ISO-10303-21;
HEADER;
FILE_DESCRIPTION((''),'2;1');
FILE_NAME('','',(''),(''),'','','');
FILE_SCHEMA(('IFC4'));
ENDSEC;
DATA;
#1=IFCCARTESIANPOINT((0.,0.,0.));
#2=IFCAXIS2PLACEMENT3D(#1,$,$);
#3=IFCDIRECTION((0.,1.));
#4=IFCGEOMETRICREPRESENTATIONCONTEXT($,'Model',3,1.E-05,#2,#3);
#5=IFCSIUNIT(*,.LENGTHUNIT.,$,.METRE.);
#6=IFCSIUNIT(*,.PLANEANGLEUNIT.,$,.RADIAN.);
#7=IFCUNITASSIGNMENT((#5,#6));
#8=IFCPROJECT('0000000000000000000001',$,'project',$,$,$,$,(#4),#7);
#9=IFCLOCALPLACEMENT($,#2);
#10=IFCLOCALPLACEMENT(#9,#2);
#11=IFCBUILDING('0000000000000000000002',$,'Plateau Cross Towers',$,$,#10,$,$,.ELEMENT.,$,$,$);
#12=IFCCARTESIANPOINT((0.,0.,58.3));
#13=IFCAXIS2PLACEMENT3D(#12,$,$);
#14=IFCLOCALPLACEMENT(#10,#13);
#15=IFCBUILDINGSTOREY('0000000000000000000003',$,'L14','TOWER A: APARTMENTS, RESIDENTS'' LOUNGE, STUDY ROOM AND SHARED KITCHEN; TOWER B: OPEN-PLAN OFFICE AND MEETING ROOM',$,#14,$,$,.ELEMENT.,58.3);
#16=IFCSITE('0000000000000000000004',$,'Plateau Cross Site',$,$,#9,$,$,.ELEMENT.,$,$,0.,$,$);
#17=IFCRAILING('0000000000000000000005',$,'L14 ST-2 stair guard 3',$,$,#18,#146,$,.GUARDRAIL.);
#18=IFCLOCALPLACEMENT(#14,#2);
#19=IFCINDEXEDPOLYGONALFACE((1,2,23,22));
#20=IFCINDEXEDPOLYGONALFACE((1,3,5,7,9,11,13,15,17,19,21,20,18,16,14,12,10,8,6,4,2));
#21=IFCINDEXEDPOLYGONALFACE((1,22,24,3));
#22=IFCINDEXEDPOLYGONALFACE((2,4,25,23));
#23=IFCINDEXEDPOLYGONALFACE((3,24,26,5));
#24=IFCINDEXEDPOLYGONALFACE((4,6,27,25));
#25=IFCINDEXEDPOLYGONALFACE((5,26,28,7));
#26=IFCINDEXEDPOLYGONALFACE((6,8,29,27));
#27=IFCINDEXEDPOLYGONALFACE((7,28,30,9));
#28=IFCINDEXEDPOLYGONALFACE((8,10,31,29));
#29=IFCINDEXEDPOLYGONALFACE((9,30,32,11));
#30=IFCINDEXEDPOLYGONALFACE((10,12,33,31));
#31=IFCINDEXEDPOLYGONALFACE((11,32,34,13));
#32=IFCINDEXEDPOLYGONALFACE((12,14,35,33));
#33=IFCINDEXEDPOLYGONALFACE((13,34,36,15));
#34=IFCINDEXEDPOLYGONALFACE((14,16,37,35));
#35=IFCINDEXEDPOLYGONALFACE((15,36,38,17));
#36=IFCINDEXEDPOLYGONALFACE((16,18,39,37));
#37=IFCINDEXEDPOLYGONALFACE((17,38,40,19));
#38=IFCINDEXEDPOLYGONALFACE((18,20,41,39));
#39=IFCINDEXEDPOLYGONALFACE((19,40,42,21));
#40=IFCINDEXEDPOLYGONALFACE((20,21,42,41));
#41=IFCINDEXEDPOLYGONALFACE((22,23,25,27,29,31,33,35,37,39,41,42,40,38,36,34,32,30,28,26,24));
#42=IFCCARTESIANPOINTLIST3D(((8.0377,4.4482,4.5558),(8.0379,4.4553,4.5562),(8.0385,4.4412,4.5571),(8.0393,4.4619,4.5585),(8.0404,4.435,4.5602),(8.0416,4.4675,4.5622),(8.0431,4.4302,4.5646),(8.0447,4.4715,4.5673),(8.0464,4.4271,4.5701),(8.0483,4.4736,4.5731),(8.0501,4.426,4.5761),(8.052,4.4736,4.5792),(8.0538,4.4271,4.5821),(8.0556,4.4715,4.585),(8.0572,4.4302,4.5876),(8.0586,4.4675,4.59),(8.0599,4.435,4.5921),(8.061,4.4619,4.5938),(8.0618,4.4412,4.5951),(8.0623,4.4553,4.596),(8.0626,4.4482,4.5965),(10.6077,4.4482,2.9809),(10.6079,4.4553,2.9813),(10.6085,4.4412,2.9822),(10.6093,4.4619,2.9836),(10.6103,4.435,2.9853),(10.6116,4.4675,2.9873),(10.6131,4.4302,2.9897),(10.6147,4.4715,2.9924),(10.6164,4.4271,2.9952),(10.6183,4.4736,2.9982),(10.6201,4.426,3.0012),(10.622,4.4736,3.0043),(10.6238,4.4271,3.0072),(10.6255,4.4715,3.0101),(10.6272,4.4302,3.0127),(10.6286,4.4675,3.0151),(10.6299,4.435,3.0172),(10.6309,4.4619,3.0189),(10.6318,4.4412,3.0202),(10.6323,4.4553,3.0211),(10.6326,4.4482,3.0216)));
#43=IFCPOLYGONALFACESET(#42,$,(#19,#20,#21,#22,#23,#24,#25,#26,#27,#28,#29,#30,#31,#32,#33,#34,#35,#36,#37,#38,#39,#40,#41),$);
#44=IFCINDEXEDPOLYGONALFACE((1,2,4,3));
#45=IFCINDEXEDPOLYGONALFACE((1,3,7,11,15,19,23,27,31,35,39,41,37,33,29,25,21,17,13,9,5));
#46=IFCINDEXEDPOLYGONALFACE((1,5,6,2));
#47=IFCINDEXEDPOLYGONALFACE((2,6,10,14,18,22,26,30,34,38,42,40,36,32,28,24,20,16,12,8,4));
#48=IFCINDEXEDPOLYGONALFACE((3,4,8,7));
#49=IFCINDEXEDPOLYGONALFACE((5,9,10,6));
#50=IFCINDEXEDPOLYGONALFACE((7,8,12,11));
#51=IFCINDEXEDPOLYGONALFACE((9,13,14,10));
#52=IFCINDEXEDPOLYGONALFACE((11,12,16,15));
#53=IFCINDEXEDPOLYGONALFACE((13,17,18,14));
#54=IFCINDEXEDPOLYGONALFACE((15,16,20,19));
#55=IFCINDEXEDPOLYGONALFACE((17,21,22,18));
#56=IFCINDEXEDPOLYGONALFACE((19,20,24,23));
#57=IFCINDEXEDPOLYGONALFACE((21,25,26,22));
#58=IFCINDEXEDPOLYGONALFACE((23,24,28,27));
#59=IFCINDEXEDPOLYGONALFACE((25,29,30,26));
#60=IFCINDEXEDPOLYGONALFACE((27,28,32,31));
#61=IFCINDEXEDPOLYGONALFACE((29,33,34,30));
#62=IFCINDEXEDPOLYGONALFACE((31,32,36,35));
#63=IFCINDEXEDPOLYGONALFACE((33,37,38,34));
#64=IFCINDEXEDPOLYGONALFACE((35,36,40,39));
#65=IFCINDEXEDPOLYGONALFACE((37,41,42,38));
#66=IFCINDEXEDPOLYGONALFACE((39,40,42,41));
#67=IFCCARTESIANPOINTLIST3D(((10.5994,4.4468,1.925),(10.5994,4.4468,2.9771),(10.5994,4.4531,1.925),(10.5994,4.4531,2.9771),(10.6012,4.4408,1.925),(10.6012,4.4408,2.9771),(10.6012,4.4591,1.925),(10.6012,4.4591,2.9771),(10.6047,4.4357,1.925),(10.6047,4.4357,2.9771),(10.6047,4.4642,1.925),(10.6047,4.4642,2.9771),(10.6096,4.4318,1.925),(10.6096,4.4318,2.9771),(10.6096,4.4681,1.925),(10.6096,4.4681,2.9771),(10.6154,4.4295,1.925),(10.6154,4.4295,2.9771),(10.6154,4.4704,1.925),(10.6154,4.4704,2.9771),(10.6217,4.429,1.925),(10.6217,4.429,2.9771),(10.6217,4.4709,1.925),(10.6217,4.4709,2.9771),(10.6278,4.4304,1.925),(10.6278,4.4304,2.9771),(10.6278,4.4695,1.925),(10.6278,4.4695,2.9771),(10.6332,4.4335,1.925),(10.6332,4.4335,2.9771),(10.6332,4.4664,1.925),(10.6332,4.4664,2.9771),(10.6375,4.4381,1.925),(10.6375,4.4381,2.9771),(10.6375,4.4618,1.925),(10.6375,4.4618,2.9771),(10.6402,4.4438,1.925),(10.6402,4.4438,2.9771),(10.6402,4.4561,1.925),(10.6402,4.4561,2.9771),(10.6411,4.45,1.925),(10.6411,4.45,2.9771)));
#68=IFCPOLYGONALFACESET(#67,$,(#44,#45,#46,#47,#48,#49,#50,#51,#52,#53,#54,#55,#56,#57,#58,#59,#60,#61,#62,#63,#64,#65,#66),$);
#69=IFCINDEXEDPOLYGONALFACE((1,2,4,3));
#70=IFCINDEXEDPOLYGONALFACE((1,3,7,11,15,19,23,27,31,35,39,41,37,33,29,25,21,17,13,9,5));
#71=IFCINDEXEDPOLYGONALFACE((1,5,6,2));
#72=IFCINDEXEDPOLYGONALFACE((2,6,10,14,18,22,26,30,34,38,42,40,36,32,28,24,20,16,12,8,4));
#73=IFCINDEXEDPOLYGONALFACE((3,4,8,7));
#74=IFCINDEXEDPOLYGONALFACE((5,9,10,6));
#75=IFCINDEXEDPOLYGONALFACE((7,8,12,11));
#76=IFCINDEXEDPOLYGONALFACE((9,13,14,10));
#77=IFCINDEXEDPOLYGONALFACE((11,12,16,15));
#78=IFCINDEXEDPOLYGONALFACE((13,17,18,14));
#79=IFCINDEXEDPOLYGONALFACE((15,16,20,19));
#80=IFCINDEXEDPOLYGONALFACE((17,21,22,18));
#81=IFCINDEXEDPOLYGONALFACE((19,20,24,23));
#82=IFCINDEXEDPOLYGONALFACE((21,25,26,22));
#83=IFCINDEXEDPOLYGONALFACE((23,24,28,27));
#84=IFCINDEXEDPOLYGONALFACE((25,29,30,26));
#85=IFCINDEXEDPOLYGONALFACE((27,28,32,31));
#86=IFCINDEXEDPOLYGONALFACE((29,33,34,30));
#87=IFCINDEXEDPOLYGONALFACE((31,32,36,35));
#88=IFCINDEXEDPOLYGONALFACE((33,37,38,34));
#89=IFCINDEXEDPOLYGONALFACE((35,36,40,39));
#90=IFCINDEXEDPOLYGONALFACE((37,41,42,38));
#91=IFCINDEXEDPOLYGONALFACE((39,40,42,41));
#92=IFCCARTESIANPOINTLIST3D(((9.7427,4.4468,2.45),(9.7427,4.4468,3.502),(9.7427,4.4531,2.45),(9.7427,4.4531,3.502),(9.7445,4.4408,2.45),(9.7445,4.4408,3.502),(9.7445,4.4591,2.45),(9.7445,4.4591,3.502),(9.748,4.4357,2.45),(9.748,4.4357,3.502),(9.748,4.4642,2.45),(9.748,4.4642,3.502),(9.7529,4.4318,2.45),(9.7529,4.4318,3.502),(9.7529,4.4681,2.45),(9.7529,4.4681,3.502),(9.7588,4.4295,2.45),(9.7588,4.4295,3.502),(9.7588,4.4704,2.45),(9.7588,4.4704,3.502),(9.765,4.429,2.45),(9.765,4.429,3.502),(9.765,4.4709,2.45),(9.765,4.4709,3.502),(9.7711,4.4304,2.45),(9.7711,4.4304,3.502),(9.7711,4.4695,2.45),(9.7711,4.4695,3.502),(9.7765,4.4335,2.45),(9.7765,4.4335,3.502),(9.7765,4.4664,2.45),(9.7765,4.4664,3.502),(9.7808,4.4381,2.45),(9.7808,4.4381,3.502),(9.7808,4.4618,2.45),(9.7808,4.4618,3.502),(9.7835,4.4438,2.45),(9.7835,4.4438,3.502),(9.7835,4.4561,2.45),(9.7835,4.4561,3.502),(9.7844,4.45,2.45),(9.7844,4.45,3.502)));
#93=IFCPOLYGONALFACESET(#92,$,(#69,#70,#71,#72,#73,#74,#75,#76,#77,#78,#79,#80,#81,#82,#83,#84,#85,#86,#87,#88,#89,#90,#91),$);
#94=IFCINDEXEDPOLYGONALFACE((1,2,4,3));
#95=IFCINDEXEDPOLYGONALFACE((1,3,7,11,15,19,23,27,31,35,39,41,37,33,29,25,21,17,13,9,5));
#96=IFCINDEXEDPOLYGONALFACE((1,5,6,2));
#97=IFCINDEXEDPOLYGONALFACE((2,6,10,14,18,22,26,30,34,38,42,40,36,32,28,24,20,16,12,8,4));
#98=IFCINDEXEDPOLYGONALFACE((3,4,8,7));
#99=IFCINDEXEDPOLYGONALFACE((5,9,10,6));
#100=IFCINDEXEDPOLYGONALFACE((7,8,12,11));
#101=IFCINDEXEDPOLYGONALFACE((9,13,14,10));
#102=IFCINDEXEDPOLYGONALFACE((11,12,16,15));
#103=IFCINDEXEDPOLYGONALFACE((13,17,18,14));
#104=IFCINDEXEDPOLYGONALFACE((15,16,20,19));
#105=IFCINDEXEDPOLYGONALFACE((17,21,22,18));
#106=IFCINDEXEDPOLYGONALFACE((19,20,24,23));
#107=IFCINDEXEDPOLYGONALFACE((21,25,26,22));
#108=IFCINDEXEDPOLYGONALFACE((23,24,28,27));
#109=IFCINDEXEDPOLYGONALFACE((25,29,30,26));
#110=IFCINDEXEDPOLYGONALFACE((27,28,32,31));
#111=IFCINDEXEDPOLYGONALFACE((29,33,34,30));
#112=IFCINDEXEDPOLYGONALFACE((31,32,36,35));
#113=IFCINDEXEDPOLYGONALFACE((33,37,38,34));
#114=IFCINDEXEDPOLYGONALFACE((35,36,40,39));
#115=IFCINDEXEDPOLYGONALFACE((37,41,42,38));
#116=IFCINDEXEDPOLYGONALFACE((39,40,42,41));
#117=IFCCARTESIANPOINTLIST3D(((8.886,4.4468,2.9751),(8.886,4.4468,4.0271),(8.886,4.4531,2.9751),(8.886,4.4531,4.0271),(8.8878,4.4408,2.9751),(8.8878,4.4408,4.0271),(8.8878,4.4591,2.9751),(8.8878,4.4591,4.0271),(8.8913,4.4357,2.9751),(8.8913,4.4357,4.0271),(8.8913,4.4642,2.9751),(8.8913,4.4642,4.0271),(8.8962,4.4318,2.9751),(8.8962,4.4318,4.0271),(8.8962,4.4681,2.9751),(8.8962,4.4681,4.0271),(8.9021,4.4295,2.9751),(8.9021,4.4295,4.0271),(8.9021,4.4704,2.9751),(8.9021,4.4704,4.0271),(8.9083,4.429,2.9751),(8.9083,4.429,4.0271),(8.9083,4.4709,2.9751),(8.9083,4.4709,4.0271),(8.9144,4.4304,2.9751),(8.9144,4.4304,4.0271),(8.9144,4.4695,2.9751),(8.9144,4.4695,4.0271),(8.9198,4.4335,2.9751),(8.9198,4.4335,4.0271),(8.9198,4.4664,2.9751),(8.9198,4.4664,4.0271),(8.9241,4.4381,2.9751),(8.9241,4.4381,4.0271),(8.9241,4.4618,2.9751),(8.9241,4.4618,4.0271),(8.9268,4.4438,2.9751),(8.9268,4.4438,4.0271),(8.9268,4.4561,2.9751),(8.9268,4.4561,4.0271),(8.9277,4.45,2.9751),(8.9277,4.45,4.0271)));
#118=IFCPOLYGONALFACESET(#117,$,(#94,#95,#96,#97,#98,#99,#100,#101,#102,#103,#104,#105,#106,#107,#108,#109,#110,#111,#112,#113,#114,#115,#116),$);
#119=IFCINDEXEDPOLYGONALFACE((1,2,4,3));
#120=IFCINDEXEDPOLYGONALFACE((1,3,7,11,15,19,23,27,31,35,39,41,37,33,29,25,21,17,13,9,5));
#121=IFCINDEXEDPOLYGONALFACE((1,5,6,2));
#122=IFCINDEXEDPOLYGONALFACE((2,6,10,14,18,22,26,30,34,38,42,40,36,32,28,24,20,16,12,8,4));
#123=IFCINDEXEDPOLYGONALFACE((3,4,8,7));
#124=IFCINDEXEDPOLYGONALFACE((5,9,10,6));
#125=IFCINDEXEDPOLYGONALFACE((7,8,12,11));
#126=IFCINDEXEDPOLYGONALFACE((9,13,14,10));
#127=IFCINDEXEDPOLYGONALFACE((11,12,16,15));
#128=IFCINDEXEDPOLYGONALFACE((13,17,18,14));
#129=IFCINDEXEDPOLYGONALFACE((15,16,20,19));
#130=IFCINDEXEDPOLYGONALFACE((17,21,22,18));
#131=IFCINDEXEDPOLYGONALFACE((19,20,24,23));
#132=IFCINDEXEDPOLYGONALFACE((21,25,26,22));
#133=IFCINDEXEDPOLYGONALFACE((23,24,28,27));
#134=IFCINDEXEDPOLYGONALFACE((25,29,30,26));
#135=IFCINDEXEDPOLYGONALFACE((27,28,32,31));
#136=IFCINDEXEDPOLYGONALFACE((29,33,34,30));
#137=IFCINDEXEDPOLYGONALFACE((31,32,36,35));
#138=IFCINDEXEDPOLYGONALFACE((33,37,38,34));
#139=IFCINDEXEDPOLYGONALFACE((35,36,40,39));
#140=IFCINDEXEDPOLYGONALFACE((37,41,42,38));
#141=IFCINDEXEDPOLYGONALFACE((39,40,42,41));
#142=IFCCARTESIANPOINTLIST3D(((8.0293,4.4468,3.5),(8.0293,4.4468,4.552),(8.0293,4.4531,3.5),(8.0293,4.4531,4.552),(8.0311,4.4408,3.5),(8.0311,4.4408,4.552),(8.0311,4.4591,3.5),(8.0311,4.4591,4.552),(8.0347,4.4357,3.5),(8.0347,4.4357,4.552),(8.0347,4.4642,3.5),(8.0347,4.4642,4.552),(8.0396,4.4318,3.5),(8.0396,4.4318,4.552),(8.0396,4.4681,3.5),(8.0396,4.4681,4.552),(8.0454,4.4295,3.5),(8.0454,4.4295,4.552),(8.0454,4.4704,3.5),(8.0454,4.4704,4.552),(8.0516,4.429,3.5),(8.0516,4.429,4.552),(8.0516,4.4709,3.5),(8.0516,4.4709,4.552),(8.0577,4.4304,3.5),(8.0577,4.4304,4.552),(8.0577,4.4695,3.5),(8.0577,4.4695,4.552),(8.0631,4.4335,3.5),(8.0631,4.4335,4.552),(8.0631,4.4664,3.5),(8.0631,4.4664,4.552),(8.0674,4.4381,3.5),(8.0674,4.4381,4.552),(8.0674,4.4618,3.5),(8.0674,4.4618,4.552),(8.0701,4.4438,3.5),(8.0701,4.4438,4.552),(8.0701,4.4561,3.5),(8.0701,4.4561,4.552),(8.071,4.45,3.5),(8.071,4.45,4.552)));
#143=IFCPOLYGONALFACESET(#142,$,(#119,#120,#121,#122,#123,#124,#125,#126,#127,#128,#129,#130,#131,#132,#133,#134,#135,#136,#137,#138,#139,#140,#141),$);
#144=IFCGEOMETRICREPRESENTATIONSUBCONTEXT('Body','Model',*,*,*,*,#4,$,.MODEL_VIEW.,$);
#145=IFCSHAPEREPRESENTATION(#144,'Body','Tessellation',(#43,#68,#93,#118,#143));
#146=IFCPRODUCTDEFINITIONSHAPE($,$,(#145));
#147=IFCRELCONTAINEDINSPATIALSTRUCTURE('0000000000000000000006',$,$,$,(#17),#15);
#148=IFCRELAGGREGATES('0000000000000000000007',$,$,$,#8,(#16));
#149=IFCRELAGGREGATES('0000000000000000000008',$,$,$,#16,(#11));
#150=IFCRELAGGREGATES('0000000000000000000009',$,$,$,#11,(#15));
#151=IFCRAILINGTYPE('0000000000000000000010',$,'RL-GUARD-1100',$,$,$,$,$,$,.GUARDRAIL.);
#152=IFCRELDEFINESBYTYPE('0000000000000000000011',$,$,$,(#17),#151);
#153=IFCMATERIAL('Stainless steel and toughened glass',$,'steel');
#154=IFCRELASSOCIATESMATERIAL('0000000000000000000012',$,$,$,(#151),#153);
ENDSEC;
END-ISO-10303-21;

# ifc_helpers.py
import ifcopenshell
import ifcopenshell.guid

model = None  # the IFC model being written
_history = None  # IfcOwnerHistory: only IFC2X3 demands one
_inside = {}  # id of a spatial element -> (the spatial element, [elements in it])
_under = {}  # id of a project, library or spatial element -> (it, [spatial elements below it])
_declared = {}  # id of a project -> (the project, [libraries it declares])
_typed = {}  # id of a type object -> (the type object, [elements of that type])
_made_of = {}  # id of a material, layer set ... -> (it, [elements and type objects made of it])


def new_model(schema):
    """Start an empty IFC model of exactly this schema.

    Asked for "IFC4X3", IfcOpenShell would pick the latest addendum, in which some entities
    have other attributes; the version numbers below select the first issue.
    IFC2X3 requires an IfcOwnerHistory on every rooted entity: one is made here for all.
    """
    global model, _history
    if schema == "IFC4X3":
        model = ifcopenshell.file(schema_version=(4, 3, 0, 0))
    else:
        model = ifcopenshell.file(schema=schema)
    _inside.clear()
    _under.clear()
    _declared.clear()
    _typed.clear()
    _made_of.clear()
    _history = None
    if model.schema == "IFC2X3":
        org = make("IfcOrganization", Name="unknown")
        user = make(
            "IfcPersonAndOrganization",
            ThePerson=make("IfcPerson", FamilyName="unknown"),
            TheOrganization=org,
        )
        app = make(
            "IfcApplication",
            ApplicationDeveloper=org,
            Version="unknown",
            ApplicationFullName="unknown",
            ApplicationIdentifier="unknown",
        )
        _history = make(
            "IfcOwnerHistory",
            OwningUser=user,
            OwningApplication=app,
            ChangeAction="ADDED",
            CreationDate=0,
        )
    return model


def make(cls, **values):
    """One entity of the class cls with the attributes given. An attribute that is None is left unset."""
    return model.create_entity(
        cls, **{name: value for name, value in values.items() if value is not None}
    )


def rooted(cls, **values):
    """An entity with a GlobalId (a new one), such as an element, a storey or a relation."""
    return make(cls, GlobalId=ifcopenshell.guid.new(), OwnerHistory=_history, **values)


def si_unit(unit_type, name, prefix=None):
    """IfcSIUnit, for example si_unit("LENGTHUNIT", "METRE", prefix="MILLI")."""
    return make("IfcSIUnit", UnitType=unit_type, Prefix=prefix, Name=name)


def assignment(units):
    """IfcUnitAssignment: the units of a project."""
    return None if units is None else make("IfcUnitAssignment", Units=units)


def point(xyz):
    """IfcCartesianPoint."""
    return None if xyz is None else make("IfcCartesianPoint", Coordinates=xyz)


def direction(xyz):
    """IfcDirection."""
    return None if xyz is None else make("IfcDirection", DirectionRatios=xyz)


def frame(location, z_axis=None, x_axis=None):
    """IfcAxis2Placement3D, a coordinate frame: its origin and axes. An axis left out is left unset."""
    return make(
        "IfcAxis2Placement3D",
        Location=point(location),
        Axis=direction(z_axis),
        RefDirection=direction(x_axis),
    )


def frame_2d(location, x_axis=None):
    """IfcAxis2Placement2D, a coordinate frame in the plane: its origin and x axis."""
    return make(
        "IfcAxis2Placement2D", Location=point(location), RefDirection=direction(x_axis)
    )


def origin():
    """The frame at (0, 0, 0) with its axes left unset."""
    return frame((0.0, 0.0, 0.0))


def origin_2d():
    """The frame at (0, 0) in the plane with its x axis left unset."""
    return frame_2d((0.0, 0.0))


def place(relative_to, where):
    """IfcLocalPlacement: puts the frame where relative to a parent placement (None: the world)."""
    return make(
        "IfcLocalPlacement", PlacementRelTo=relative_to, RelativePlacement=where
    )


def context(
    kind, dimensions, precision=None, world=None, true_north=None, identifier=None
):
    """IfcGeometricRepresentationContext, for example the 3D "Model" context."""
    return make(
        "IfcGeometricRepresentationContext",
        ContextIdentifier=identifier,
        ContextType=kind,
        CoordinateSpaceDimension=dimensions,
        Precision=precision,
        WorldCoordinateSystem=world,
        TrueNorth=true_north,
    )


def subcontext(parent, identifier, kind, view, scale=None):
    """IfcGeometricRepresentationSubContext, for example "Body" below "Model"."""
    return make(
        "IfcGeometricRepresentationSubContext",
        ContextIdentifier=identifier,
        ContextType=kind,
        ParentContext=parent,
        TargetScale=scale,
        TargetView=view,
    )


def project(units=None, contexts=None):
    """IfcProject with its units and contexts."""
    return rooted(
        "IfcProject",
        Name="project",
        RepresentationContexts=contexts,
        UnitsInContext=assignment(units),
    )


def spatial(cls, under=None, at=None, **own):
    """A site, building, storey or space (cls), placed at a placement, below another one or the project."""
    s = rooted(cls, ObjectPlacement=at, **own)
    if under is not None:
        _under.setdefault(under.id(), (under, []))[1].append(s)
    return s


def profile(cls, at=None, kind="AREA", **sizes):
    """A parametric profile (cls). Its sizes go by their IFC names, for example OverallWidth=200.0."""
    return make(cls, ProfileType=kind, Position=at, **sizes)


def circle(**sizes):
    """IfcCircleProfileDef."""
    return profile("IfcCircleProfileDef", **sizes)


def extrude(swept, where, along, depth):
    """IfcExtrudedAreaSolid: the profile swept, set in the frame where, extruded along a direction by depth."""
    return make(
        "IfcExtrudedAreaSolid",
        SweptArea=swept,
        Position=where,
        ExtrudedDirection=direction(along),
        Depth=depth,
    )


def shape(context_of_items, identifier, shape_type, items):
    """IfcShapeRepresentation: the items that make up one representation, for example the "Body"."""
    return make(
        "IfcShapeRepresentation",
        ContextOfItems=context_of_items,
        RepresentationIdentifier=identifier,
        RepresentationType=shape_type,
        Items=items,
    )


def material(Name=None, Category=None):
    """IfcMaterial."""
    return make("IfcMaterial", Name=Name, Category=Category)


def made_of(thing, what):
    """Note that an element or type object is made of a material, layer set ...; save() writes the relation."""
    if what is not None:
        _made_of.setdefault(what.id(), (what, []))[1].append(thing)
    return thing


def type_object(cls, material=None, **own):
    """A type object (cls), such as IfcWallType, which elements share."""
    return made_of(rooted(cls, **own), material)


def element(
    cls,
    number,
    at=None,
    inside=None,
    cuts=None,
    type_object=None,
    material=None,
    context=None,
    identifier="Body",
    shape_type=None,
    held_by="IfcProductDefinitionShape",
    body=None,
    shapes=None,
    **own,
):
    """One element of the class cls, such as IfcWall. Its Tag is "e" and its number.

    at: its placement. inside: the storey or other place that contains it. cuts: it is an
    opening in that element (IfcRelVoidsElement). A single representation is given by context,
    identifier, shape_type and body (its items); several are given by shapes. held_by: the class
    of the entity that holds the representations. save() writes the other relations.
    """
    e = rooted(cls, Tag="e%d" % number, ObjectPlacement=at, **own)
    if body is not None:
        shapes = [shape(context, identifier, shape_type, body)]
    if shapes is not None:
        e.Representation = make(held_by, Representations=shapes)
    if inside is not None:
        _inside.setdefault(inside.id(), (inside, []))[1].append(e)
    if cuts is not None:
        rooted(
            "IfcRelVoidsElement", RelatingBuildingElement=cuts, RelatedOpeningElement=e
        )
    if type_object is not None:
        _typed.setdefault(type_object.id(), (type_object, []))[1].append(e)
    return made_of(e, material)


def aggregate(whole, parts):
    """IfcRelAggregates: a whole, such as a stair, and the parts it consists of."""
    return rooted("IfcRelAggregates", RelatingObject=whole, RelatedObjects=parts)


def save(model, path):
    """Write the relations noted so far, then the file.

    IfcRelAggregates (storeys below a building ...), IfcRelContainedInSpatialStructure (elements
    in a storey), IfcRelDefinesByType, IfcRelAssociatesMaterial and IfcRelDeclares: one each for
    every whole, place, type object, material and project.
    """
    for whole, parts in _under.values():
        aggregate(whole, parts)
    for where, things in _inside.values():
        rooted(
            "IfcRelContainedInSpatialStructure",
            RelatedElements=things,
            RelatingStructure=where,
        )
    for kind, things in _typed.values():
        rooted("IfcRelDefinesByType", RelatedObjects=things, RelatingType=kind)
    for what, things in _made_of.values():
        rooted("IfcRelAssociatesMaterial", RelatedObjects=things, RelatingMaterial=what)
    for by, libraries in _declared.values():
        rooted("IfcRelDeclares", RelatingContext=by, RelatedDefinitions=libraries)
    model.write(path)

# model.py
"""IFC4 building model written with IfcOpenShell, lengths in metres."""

from ifc_helpers import new_model, si_unit, direction, frame, origin, origin_2d, place, context, subcontext, project, spatial, circle, extrude, material, type_object, element, save


model = new_model("IFC4")

# Units and contexts
model_context = context("Model", 3, precision=1e-05, world=origin(), true_north=direction((0.0, 1.0)))
body_context = subcontext(model_context, "Body", "Model", "MODEL_VIEW")
ifc_project = project(units=[si_unit("LENGTHUNIT", "METRE"), si_unit("PLANEANGLEUNIT", "RADIAN")], contexts=[model_context])

# Site, building, storey
site_placement = place(None, origin())
site = spatial("IfcSite", under=ifc_project, at=site_placement, Name="Plateau Cross Site", CompositionType="ELEMENT", RefElevation=0.0)
building_placement = place(site_placement, origin())
building = spatial("IfcBuilding", under=site, at=building_placement, Name="Plateau Cross Towers", CompositionType="ELEMENT")
storey_placement = place(building_placement, frame((0.0, 0.0, 58.3)))
storey = spatial("IfcBuildingStorey", under=building, at=storey_placement, Name="L14", Description="TOWER A: APARTMENTS, RESIDENTS' LOUNGE, STUDY ROOM AND SHARED KITCHEN; TOWER B: OPEN-PLAN OFFICE AND MEETING ROOM", CompositionType="ELEMENT", Elevation=58.3)

# Railing
ifc_material_1 = material(Name="Stainless steel and toughened glass", Category="steel")
railing_type_1 = type_object("IfcRailingType", Name="RL-GUARD-1100", PredefinedType="GUARDRAIL", material=ifc_material_1)
railing_1_placement = place(storey_placement, frame((10.6201, 4.45, 1.925)))
element("IfcRailing", 1, at=railing_1_placement, inside=storey, type_object=railing_type_1, Name="L14 ST-2 stair guard 3", PredefinedType="GUARDRAIL", context=body_context, shape_type="SweptSolid", body=[
    extrude(circle(Radius=0.0239, at=origin_2d()), frame((0.0, 0.0, 1.0762), z_axis=(-0.852639, 0.0, 0.522501), x_axis=(0.0, -1.0, 0.0)), (0.0, 0.0, 1.0), 3.0142),
    extrude(circle(Radius=0.021, at=origin_2d()), origin(), (0.0, 0.0, 1.0), 1.052),
    extrude(circle(Radius=0.021, at=origin_2d()), frame((-0.8567, 0.0, 0.5249)), (0.0, 0.0, 1.0), 1.052),
    extrude(circle(Radius=0.021, at=origin_2d()), frame((-1.7134, 0.0, 1.05)), (0.0, 0.0, 1.0), 1.052),
    extrude(circle(Radius=0.021, at=origin_2d()), frame((-2.5701, 0.0, 1.575)), (0.0, 0.0, 1.0), 1.052),
])

save(model, "model.ifc")
